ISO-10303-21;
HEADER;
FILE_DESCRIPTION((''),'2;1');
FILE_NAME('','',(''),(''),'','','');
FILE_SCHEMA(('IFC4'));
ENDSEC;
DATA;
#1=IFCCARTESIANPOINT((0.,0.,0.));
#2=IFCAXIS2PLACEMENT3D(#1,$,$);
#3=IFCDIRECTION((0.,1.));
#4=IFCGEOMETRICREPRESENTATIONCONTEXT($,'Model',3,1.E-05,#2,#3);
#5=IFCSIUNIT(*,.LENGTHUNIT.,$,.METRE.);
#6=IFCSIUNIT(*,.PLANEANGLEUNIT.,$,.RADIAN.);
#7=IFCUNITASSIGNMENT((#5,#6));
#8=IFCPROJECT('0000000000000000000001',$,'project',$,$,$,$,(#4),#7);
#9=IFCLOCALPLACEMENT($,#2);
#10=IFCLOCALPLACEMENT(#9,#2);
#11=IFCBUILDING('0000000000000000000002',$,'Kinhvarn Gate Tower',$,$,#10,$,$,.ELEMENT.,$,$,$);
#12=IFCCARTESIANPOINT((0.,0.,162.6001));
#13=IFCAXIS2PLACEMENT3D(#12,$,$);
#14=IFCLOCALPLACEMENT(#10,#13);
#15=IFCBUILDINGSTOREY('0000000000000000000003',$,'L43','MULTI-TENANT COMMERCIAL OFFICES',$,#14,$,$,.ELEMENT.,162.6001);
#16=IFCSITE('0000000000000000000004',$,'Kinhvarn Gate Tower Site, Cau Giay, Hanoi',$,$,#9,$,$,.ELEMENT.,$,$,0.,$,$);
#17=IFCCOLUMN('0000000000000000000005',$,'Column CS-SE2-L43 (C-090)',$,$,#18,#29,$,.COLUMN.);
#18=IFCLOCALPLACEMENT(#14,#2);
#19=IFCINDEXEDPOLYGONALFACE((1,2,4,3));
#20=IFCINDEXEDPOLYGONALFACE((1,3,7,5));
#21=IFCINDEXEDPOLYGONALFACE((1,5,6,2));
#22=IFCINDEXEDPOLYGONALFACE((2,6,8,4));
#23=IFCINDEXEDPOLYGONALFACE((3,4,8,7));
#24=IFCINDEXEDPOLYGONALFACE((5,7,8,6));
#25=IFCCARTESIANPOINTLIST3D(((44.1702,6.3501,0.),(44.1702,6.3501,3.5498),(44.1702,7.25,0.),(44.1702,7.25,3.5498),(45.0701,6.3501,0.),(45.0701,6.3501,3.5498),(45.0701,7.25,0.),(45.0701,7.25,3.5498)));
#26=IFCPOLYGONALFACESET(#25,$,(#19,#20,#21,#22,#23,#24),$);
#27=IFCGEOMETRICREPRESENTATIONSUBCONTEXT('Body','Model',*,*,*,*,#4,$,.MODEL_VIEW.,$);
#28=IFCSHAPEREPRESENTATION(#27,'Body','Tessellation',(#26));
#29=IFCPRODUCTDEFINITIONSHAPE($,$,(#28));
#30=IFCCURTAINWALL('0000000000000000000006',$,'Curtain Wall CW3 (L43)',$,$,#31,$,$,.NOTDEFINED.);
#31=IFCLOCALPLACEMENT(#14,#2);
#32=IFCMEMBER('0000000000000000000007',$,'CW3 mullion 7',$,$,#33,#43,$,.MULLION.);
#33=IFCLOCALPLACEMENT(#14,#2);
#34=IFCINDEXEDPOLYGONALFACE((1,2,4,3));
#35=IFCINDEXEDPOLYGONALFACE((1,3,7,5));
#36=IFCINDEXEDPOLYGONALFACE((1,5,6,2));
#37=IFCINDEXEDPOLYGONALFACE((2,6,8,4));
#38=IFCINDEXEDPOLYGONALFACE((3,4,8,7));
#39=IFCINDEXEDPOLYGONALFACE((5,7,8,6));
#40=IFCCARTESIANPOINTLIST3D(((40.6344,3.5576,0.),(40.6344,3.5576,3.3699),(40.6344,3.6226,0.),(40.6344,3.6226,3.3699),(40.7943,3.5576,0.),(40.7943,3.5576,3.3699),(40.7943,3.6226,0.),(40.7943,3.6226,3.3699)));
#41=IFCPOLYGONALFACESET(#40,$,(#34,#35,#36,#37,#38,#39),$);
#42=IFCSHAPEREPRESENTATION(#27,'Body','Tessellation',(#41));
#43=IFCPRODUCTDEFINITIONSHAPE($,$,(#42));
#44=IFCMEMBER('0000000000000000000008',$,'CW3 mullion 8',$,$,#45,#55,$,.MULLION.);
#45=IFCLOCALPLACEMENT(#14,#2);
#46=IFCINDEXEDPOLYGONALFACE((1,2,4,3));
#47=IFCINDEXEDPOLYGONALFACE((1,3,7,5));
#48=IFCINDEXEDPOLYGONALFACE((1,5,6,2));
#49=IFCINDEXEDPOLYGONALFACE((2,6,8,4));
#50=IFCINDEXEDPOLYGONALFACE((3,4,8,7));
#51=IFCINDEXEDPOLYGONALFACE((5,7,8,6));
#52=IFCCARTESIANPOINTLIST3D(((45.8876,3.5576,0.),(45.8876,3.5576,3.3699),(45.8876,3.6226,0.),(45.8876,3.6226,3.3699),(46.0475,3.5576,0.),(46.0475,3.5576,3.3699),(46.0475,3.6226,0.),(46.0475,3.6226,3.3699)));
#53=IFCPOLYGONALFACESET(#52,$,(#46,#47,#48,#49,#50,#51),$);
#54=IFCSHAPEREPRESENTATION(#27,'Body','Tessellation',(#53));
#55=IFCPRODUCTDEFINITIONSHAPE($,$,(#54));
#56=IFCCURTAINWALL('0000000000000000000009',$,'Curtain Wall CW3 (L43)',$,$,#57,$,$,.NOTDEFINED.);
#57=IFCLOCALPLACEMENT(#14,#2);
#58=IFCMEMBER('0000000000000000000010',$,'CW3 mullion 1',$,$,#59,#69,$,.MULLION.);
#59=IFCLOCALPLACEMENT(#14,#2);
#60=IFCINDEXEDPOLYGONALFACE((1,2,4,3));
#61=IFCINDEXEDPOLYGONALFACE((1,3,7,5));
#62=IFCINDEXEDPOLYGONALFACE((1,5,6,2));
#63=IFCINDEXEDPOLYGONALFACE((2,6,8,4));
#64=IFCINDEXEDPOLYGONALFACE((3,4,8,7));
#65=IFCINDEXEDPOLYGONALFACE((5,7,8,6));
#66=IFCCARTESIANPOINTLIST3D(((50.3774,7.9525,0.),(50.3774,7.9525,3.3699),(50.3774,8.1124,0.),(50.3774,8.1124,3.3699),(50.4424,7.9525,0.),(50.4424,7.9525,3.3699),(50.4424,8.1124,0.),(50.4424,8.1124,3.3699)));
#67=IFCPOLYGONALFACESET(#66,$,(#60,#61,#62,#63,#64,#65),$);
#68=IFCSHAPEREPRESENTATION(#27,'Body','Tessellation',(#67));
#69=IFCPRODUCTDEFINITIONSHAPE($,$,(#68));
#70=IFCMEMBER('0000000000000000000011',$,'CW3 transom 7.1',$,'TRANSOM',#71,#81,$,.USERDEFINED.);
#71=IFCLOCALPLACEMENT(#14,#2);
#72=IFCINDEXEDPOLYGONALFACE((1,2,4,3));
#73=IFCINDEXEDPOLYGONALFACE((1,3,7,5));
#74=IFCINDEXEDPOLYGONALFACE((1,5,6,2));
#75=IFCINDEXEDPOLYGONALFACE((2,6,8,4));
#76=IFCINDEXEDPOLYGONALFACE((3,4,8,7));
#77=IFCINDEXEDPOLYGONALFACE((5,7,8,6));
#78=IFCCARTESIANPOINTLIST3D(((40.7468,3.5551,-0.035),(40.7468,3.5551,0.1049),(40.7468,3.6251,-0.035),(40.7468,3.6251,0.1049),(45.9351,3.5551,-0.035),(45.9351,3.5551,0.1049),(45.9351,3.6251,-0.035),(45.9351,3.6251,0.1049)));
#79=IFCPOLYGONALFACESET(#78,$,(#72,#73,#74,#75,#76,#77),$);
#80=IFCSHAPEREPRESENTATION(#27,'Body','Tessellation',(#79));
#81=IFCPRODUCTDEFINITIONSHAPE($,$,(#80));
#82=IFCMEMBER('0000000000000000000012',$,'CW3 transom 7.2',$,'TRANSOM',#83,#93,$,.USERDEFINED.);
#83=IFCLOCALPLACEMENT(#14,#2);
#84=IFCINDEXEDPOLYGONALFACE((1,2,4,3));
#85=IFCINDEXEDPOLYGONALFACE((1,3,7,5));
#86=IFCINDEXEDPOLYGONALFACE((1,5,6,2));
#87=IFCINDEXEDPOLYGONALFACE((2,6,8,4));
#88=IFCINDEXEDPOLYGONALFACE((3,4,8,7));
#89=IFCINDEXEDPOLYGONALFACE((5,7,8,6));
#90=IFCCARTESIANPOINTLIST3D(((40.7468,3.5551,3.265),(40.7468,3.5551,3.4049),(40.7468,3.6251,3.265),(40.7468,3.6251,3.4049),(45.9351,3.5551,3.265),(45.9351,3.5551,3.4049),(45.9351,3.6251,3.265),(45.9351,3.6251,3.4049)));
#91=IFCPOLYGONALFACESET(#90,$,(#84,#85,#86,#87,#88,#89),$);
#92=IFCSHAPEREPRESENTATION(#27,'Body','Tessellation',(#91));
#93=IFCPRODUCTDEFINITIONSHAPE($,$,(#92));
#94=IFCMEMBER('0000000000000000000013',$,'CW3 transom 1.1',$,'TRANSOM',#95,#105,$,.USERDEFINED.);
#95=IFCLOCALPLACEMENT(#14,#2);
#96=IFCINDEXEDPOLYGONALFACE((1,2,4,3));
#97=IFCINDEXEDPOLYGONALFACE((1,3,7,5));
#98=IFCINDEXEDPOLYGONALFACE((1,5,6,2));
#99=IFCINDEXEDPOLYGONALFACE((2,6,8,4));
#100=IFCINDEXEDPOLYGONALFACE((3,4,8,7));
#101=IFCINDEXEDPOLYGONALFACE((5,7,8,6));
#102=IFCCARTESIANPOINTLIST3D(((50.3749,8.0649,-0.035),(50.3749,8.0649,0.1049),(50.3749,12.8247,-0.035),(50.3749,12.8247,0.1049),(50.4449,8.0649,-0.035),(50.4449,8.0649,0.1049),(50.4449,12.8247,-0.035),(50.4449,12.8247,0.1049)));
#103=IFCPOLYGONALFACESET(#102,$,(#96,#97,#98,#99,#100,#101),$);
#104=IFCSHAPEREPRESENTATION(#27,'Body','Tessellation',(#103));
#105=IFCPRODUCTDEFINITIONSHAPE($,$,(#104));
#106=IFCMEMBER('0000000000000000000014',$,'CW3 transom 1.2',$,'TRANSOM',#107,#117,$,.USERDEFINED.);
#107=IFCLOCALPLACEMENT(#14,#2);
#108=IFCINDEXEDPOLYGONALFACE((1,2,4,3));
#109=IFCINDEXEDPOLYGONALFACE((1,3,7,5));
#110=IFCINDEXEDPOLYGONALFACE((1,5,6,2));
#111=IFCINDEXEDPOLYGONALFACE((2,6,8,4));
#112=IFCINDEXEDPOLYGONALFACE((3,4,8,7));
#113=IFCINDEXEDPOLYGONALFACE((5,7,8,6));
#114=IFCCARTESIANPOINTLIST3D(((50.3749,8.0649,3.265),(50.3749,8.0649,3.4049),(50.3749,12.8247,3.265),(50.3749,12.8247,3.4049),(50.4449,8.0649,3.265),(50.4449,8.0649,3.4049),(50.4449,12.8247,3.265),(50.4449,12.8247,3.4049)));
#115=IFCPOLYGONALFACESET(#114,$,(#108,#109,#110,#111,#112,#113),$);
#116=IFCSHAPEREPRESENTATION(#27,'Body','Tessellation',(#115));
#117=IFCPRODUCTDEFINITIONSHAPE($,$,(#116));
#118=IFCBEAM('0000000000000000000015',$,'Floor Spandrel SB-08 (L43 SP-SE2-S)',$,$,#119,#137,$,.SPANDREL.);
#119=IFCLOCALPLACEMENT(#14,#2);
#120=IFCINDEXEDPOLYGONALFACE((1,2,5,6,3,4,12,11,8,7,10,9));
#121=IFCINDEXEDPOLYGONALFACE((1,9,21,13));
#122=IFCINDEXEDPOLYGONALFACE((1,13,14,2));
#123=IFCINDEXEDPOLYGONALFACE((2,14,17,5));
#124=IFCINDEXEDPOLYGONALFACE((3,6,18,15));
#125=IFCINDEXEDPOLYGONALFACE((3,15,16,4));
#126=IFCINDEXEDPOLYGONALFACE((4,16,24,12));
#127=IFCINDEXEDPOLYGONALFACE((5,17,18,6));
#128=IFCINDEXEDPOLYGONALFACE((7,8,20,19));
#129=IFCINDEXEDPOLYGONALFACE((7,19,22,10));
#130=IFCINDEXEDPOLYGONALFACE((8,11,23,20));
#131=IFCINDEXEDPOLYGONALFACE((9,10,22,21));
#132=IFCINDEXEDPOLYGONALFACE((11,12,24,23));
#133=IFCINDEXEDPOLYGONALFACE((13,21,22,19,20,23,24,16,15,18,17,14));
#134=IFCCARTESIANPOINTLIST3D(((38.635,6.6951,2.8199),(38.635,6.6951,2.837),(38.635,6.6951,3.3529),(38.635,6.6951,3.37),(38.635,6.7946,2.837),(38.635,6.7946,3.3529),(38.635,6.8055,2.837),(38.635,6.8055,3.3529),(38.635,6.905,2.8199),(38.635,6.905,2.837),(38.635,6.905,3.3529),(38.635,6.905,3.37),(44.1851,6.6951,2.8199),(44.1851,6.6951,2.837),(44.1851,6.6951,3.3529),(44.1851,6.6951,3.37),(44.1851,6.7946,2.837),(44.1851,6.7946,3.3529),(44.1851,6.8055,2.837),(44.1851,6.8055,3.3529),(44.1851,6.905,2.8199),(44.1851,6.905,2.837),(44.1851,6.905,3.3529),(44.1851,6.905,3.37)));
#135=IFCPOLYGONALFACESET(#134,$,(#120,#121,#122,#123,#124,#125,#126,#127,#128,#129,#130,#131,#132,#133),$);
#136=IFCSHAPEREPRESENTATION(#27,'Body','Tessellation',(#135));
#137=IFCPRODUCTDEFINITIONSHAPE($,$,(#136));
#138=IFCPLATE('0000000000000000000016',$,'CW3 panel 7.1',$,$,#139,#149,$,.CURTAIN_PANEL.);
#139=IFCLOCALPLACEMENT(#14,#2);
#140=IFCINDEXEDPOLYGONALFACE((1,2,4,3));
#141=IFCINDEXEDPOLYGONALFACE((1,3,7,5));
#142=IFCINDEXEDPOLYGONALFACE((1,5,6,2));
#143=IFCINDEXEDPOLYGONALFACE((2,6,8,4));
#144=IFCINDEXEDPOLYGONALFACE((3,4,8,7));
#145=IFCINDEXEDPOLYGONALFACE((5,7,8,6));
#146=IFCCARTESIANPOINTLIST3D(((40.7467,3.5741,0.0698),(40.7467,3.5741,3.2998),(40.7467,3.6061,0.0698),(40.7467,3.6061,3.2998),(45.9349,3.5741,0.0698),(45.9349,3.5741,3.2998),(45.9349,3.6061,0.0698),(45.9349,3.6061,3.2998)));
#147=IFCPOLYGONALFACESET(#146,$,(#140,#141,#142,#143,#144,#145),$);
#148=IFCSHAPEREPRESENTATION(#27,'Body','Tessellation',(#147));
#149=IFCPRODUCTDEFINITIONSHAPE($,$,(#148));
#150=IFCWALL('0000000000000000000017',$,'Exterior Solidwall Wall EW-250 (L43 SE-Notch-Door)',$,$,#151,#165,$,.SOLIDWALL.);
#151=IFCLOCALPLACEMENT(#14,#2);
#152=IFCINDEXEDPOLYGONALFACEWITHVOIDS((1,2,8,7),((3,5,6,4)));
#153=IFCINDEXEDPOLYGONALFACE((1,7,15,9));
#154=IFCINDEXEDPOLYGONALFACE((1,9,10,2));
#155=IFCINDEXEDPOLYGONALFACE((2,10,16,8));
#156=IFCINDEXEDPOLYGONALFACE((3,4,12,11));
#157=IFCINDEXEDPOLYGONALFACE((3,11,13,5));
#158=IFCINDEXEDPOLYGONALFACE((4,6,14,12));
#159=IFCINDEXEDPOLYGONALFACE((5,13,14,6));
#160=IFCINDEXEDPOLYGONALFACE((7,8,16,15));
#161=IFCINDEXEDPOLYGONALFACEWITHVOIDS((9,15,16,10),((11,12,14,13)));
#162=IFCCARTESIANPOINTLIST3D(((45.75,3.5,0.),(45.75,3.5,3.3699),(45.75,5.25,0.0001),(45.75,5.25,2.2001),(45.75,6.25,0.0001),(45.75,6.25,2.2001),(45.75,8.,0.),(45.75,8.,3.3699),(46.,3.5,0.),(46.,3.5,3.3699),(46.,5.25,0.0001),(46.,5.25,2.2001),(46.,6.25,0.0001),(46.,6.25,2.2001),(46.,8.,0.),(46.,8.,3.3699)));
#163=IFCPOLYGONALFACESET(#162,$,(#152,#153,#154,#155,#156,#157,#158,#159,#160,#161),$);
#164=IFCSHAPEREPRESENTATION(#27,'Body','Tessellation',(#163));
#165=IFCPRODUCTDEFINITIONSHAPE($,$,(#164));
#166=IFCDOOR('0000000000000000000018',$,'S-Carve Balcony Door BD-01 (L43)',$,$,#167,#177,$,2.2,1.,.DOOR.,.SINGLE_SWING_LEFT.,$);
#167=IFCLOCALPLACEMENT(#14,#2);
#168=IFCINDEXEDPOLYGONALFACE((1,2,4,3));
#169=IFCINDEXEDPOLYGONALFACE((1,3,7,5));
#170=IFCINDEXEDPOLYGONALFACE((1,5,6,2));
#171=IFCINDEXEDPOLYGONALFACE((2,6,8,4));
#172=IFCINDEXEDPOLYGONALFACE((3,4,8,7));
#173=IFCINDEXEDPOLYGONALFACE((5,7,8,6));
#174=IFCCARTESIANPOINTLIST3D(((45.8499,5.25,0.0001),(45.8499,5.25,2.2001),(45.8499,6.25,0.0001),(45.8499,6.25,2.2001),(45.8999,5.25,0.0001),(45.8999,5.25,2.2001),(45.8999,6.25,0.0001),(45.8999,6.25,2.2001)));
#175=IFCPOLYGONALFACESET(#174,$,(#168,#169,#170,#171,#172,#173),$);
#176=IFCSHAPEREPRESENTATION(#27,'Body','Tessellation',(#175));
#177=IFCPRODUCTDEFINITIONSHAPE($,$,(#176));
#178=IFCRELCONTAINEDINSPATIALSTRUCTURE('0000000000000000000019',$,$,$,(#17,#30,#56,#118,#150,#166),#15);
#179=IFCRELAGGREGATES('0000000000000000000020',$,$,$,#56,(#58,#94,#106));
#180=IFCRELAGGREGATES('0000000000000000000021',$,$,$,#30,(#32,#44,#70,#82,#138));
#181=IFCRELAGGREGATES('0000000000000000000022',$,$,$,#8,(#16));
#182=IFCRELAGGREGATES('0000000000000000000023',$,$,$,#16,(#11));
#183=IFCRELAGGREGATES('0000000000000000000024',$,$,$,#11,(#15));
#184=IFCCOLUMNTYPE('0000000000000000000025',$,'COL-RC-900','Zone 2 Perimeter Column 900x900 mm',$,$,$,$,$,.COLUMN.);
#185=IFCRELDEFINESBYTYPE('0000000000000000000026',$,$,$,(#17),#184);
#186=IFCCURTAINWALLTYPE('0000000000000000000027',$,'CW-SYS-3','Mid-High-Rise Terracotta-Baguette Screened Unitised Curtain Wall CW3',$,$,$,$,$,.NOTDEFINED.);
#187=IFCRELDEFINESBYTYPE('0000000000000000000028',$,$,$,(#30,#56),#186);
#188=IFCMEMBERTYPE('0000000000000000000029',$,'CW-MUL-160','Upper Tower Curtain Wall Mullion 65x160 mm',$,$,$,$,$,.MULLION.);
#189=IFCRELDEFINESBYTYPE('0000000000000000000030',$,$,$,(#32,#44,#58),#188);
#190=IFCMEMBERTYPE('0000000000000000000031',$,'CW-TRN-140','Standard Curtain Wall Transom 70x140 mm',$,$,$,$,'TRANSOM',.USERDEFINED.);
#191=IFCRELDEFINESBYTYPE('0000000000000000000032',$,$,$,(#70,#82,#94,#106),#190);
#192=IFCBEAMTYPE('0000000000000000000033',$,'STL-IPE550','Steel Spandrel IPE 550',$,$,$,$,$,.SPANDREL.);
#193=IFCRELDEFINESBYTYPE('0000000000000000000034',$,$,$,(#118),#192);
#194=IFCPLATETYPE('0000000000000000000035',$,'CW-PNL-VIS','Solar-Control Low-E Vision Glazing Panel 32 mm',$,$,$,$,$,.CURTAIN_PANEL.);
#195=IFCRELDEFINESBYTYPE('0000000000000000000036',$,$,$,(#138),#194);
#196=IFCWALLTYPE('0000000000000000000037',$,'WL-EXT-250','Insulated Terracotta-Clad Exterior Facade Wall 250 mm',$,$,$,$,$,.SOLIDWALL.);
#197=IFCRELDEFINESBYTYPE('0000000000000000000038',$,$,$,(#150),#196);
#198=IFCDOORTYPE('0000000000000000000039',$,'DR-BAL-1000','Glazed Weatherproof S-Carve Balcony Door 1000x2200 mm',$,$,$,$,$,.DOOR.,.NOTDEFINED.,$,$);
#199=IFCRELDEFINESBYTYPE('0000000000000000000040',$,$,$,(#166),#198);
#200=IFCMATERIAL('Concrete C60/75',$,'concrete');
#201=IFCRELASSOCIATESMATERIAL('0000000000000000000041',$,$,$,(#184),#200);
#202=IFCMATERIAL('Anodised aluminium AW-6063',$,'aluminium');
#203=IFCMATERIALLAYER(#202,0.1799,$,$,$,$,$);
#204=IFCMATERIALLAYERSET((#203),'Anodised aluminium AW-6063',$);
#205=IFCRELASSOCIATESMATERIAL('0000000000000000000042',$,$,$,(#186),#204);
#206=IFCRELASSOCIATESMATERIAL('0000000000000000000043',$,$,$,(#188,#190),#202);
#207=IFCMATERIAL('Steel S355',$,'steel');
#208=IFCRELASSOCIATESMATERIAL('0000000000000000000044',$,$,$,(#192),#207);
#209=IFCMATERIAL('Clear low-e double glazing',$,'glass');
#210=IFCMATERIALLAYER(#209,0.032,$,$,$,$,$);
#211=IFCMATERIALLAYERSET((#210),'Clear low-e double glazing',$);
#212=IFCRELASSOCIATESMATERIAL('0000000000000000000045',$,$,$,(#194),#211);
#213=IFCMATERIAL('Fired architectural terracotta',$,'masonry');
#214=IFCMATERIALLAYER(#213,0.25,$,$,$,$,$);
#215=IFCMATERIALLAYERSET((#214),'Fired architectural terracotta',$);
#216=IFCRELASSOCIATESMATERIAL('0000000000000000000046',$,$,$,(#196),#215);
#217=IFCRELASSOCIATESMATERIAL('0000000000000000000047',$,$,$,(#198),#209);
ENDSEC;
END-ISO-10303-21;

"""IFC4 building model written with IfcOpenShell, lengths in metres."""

from ifc_helpers import new_model, si_unit, direction, frame, frame_2d, origin, origin_2d, place, context, subcontext, project, spatial, rectangle, i_section, extrude, material, layer, layer_set, material_profile, profile_set, type_object, element, fill, aggregate, save


model = new_model("IFC4")

# Units and contexts
model_context = context("Model", 3, precision=1e-05, world=origin(), true_north=direction((0.0, 1.0)))
body_context = subcontext(model_context, "Body", "Model", "MODEL_VIEW")
ifc_project = project(units=[si_unit("LENGTHUNIT", "METRE"), si_unit("PLANEANGLEUNIT", "RADIAN")], contexts=[model_context])

# Site, building, storey
site_placement = place(None, origin())
site = spatial("IfcSite", under=ifc_project, at=site_placement, Name="Kinhvarn Gate Tower Site, Cau Giay, Hanoi", CompositionType="ELEMENT", RefElevation=0.0)
building_placement = place(site_placement, origin())
building = spatial("IfcBuilding", under=site, at=building_placement, Name="Kinhvarn Gate Tower", CompositionType="ELEMENT")
storey_placement = place(building_placement, frame((0.0, 0.0, 162.6001)))
storey = spatial("IfcBuildingStorey", under=building, at=storey_placement, Name="L43", Description="MULTI-TENANT COMMERCIAL OFFICES", CompositionType="ELEMENT", Elevation=162.6001)

# Column
ifc_material_1 = material(Name="Concrete C60/75", Category="concrete")
ifc_material_profile_1 = material_profile(ifc_material_1, rectangle(XDim=0.8999, YDim=0.8999, at=origin_2d()), Name="RC 900x900")
ifc_profile_set_1 = profile_set([ifc_material_profile_1], Name="Concrete C60/75")
column_type = type_object("IfcColumnType", Name="COL-RC-900", Description="Zone 2 Perimeter Column 900x900 mm", PredefinedType="COLUMN", material=ifc_profile_set_1)
column_placement = place(storey_placement, frame((44.6201, 6.8, 0.0), z_axis=(0.0, 0.0, 1.0), x_axis=(1.0, 0.0, 0.0)))
element("IfcColumn", 1, at=column_placement, inside=storey, type_object=column_type, Name="Column CS-SE2-L43 (C-090)", PredefinedType="COLUMN", context=body_context, shape_type="SweptSolid", body=[
    extrude(rectangle(XDim=0.8999, YDim=0.8999, at=origin_2d()), origin(), (0.0, 0.0, 1.0), 3.5498),
])

# Curtain wall, members
ifc_material_2 = material(Name="Anodised aluminium AW-6063", Category="aluminium")
ifc_layer_1 = layer(ifc_material_2, 0.1799)
ifc_layer_set_1 = layer_set([ifc_layer_1], Name="Anodised aluminium AW-6063")
curtain_wall_type = type_object("IfcCurtainWallType", Name="CW-SYS-3", Description="Mid-High-Rise Terracotta-Baguette Screened Unitised Curtain Wall CW3", PredefinedType="NOTDEFINED", material=ifc_layer_set_1)
curtain_wall_1_placement = place(storey_placement, origin())
curtain_wall_1 = element("IfcCurtainWall", 2, at=curtain_wall_1_placement, inside=storey, type_object=curtain_wall_type, Name="Curtain Wall CW3 (L43)", PredefinedType="NOTDEFINED")
ifc_material_profile_2 = material_profile(ifc_material_2, rectangle(XDim=0.0649, YDim=0.1599, at=origin_2d()), Name="ALU 65x160")
ifc_profile_set_2 = profile_set([ifc_material_profile_2], Name="Anodised aluminium AW-6063")
member_type_1 = type_object("IfcMemberType", Name="CW-MUL-160", Description="Upper Tower Curtain Wall Mullion 65x160 mm", PredefinedType="MULLION", material=ifc_profile_set_2)
member_1_placement = place(storey_placement, frame((40.7144, 3.5901, 0.0), z_axis=(0.0, 0.0, 1.0), x_axis=(0.0, 1.0, 0.0)))
member_1 = element("IfcMember", 3, at=member_1_placement, type_object=member_type_1, Name="CW3 mullion 7", PredefinedType="MULLION", context=body_context, shape_type="SweptSolid", body=[
    extrude(rectangle(XDim=0.0649, YDim=0.1599, at=origin_2d()), origin(), (0.0, 0.0, 1.0), 3.3699),
])
member_2_placement = place(storey_placement, frame((45.9675, 3.5901, 0.0), z_axis=(0.0, 0.0, 1.0), x_axis=(0.0, 1.0, 0.0)))
member_2 = element("IfcMember", 4, at=member_2_placement, type_object=member_type_1, Name="CW3 mullion 8", PredefinedType="MULLION", context=body_context, shape_type="SweptSolid", body=[
    extrude(rectangle(XDim=0.0649, YDim=0.1599, at=origin_2d()), origin(), (0.0, 0.0, 1.0), 3.3699),
])

# Curtain wall, member
curtain_wall_2_placement = place(storey_placement, origin())
curtain_wall_2 = element("IfcCurtainWall", 5, at=curtain_wall_2_placement, inside=storey, type_object=curtain_wall_type, Name="Curtain Wall CW3 (L43)", PredefinedType="NOTDEFINED")
member_3_placement = place(storey_placement, frame((50.4099, 8.0325, 0.0), z_axis=(0.0, 0.0, 1.0), x_axis=(-1.0, 0.0, 0.0)))
member_3 = element("IfcMember", 6, at=member_3_placement, type_object=member_type_1, Name="CW3 mullion 1", PredefinedType="MULLION", context=body_context, shape_type="SweptSolid", body=[
    extrude(rectangle(XDim=0.0649, YDim=0.1599, at=origin_2d()), origin(), (0.0, 0.0, 1.0), 3.3699),
])

# Members
ifc_material_profile_3 = material_profile(ifc_material_2, rectangle(XDim=0.0701, YDim=0.1399, at=origin_2d()), Name="ALU 70x140")
ifc_profile_set_3 = profile_set([ifc_material_profile_3], Name="Anodised aluminium AW-6063")
member_type_2 = type_object("IfcMemberType", Name="CW-TRN-140", Description="Standard Curtain Wall Transom 70x140 mm", ElementType="TRANSOM", PredefinedType="USERDEFINED", material=ifc_profile_set_3)
member_4_placement = place(storey_placement, frame((40.7468, 3.5901, 0.0349), z_axis=(1.0, 0.0, 0.0), x_axis=(0.0, 1.0, 0.0)))
member_4 = element("IfcMember", 7, at=member_4_placement, type_object=member_type_2, Name="CW3 transom 7.1", ObjectType="TRANSOM", PredefinedType="USERDEFINED", context=body_context, shape_type="SweptSolid", body=[
    extrude(rectangle(XDim=0.0701, YDim=0.1399, at=origin_2d()), origin(), (0.0, 0.0, 1.0), 5.1882),
])
member_5_placement = place(storey_placement, frame((40.7468, 3.5901, 3.335), z_axis=(1.0, 0.0, 0.0), x_axis=(0.0, 1.0, 0.0)))
member_5 = element("IfcMember", 8, at=member_5_placement, type_object=member_type_2, Name="CW3 transom 7.2", ObjectType="TRANSOM", PredefinedType="USERDEFINED", context=body_context, shape_type="SweptSolid", body=[
    extrude(rectangle(XDim=0.0701, YDim=0.1399, at=origin_2d()), origin(), (0.0, 0.0, 1.0), 5.1882),
])
member_6_placement = place(storey_placement, frame((50.4099, 8.0649, 0.0349), z_axis=(0.0, 1.0, 0.0), x_axis=(-1.0, 0.0, 0.0)))
member_6 = element("IfcMember", 9, at=member_6_placement, type_object=member_type_2, Name="CW3 transom 1.1", ObjectType="TRANSOM", PredefinedType="USERDEFINED", context=body_context, shape_type="SweptSolid", body=[
    extrude(rectangle(XDim=0.0701, YDim=0.1399, at=origin_2d()), origin(), (0.0, 0.0, 1.0), 4.7598),
])
member_7_placement = place(storey_placement, frame((50.4099, 8.0649, 3.335), z_axis=(0.0, 1.0, 0.0), x_axis=(-1.0, 0.0, 0.0)))
member_7 = element("IfcMember", 10, at=member_7_placement, type_object=member_type_2, Name="CW3 transom 1.2", ObjectType="TRANSOM", PredefinedType="USERDEFINED", context=body_context, shape_type="SweptSolid", body=[
    extrude(rectangle(XDim=0.0701, YDim=0.1399, at=origin_2d()), origin(), (0.0, 0.0, 1.0), 4.7598),
])
aggregate(curtain_wall_2, [member_3, member_6, member_7])

# Beam
ifc_material_3 = material(Name="Steel S355", Category="steel")
ifc_material_profile_4 = material_profile(ifc_material_3, i_section(OverallWidth=0.21, OverallDepth=0.55, WebThickness=0.011, FlangeThickness=0.0171, at=origin_2d()), Name="IPE 550")
ifc_profile_set_4 = profile_set([ifc_material_profile_4], Name="Steel S355")
beam_type = type_object("IfcBeamType", Name="STL-IPE550", Description="Steel Spandrel IPE 550", PredefinedType="SPANDREL", material=ifc_profile_set_4)
beam_placement = place(storey_placement, frame((38.635, 6.8, 3.095), z_axis=(1.0, 0.0, 0.0), x_axis=(0.0, 1.0, 0.0)))
element("IfcBeam", 11, at=beam_placement, inside=storey, type_object=beam_type, Name="Floor Spandrel SB-08 (L43 SP-SE2-S)", PredefinedType="SPANDREL", context=body_context, shape_type="SweptSolid", body=[
    extrude(i_section(OverallWidth=0.21, OverallDepth=0.55, WebThickness=0.011, FlangeThickness=0.0171, at=origin_2d()), origin(), (0.0, 0.0, 1.0), 5.55),
])

# Plate
ifc_material_4 = material(Name="Clear low-e double glazing", Category="glass")
ifc_layer_2 = layer(ifc_material_4, 0.032)
ifc_layer_set_2 = layer_set([ifc_layer_2], Name="Clear low-e double glazing")
plate_type = type_object("IfcPlateType", Name="CW-PNL-VIS", Description="Solar-Control Low-E Vision Glazing Panel 32 mm", PredefinedType="CURTAIN_PANEL", material=ifc_layer_set_2)
plate_placement = place(storey_placement, frame((43.3408, 3.5901, 0.0698), z_axis=(0.0, 0.0, 1.0), x_axis=(1.0, 0.0, 0.0)))
plate = element("IfcPlate", 12, at=plate_placement, type_object=plate_type, Name="CW3 panel 7.1", PredefinedType="CURTAIN_PANEL", context=body_context, shape_type="SweptSolid", body=[
    extrude(rectangle(XDim=5.1882, YDim=0.032, at=origin_2d()), origin(), (0.0, 0.0, 1.0), 3.23),
])
aggregate(curtain_wall_1, [member_1, member_2, member_4, member_5, plate])

# Wall, opening, door
ifc_material_5 = material(Name="Fired architectural terracotta", Category="masonry")
ifc_layer_3 = layer(ifc_material_5, 0.25)
ifc_layer_set_3 = layer_set([ifc_layer_3], Name="Fired architectural terracotta")
wall_type = type_object("IfcWallType", Name="WL-EXT-250", Description="Insulated Terracotta-Clad Exterior Facade Wall 250 mm", PredefinedType="SOLIDWALL", material=ifc_layer_set_3)
wall_placement = place(storey_placement, frame((45.875, 3.5, 0.0), z_axis=(0.0, 0.0, 1.0), x_axis=(0.0, 1.0, 0.0)))
wall = element("IfcWall", 13, at=wall_placement, inside=storey, type_object=wall_type, Name="Exterior Solidwall Wall EW-250 (L43 SE-Notch-Door)", PredefinedType="SOLIDWALL", context=body_context, shape_type="SweptSolid", body=[
    extrude(rectangle(XDim=4.5, YDim=0.25, at=frame_2d((2.25, 0.0))), origin(), (0.0, 0.0, 1.0), 3.3699),
])
opening_placement = place(wall_placement, frame((1.75, 0.0, 0.0)))
opening = element("IfcOpeningElement", 14, at=opening_placement, cuts=wall, PredefinedType="OPENING", context=body_context, shape_type="SweptSolid", body=[
    extrude(rectangle(XDim=1.0, YDim=2.2, at=frame_2d((0.5, 1.1001))), frame((0.0, 0.135, 0.0), z_axis=(0.0, -1.0, 0.0), x_axis=(1.0, 0.0, 0.0)), (0.0, 0.0, 1.0), 0.27),
])
door_type = type_object("IfcDoorType", Name="DR-BAL-1000", Description="Glazed Weatherproof S-Carve Balcony Door 1000x2200 mm", OperationType="NOTDEFINED", PredefinedType="DOOR", material=ifc_material_4)
door_placement = place(opening_placement, frame((1.0, 0.0, 0.0), z_axis=(0.0, 0.0, 1.0), x_axis=(-1.0, 0.0, 0.0)))
door = element("IfcDoor", 15, at=door_placement, inside=storey, type_object=door_type, Name="S-Carve Balcony Door BD-01 (L43)", OperationType="SINGLE_SWING_LEFT", OverallHeight=2.2, OverallWidth=1.0, PredefinedType="DOOR", context=body_context, shape_type="SweptSolid", body=[
    extrude(rectangle(XDim=1.0, YDim=2.2, at=frame_2d((0.5, 1.1001))), frame((0.0, 0.0249, 0.0), z_axis=(0.0, -1.0, 0.0), x_axis=(1.0, 0.0, 0.0)), (0.0, 0.0, 1.0), 0.05),
])
fill(opening, door)

save(model, "model.ifc")
